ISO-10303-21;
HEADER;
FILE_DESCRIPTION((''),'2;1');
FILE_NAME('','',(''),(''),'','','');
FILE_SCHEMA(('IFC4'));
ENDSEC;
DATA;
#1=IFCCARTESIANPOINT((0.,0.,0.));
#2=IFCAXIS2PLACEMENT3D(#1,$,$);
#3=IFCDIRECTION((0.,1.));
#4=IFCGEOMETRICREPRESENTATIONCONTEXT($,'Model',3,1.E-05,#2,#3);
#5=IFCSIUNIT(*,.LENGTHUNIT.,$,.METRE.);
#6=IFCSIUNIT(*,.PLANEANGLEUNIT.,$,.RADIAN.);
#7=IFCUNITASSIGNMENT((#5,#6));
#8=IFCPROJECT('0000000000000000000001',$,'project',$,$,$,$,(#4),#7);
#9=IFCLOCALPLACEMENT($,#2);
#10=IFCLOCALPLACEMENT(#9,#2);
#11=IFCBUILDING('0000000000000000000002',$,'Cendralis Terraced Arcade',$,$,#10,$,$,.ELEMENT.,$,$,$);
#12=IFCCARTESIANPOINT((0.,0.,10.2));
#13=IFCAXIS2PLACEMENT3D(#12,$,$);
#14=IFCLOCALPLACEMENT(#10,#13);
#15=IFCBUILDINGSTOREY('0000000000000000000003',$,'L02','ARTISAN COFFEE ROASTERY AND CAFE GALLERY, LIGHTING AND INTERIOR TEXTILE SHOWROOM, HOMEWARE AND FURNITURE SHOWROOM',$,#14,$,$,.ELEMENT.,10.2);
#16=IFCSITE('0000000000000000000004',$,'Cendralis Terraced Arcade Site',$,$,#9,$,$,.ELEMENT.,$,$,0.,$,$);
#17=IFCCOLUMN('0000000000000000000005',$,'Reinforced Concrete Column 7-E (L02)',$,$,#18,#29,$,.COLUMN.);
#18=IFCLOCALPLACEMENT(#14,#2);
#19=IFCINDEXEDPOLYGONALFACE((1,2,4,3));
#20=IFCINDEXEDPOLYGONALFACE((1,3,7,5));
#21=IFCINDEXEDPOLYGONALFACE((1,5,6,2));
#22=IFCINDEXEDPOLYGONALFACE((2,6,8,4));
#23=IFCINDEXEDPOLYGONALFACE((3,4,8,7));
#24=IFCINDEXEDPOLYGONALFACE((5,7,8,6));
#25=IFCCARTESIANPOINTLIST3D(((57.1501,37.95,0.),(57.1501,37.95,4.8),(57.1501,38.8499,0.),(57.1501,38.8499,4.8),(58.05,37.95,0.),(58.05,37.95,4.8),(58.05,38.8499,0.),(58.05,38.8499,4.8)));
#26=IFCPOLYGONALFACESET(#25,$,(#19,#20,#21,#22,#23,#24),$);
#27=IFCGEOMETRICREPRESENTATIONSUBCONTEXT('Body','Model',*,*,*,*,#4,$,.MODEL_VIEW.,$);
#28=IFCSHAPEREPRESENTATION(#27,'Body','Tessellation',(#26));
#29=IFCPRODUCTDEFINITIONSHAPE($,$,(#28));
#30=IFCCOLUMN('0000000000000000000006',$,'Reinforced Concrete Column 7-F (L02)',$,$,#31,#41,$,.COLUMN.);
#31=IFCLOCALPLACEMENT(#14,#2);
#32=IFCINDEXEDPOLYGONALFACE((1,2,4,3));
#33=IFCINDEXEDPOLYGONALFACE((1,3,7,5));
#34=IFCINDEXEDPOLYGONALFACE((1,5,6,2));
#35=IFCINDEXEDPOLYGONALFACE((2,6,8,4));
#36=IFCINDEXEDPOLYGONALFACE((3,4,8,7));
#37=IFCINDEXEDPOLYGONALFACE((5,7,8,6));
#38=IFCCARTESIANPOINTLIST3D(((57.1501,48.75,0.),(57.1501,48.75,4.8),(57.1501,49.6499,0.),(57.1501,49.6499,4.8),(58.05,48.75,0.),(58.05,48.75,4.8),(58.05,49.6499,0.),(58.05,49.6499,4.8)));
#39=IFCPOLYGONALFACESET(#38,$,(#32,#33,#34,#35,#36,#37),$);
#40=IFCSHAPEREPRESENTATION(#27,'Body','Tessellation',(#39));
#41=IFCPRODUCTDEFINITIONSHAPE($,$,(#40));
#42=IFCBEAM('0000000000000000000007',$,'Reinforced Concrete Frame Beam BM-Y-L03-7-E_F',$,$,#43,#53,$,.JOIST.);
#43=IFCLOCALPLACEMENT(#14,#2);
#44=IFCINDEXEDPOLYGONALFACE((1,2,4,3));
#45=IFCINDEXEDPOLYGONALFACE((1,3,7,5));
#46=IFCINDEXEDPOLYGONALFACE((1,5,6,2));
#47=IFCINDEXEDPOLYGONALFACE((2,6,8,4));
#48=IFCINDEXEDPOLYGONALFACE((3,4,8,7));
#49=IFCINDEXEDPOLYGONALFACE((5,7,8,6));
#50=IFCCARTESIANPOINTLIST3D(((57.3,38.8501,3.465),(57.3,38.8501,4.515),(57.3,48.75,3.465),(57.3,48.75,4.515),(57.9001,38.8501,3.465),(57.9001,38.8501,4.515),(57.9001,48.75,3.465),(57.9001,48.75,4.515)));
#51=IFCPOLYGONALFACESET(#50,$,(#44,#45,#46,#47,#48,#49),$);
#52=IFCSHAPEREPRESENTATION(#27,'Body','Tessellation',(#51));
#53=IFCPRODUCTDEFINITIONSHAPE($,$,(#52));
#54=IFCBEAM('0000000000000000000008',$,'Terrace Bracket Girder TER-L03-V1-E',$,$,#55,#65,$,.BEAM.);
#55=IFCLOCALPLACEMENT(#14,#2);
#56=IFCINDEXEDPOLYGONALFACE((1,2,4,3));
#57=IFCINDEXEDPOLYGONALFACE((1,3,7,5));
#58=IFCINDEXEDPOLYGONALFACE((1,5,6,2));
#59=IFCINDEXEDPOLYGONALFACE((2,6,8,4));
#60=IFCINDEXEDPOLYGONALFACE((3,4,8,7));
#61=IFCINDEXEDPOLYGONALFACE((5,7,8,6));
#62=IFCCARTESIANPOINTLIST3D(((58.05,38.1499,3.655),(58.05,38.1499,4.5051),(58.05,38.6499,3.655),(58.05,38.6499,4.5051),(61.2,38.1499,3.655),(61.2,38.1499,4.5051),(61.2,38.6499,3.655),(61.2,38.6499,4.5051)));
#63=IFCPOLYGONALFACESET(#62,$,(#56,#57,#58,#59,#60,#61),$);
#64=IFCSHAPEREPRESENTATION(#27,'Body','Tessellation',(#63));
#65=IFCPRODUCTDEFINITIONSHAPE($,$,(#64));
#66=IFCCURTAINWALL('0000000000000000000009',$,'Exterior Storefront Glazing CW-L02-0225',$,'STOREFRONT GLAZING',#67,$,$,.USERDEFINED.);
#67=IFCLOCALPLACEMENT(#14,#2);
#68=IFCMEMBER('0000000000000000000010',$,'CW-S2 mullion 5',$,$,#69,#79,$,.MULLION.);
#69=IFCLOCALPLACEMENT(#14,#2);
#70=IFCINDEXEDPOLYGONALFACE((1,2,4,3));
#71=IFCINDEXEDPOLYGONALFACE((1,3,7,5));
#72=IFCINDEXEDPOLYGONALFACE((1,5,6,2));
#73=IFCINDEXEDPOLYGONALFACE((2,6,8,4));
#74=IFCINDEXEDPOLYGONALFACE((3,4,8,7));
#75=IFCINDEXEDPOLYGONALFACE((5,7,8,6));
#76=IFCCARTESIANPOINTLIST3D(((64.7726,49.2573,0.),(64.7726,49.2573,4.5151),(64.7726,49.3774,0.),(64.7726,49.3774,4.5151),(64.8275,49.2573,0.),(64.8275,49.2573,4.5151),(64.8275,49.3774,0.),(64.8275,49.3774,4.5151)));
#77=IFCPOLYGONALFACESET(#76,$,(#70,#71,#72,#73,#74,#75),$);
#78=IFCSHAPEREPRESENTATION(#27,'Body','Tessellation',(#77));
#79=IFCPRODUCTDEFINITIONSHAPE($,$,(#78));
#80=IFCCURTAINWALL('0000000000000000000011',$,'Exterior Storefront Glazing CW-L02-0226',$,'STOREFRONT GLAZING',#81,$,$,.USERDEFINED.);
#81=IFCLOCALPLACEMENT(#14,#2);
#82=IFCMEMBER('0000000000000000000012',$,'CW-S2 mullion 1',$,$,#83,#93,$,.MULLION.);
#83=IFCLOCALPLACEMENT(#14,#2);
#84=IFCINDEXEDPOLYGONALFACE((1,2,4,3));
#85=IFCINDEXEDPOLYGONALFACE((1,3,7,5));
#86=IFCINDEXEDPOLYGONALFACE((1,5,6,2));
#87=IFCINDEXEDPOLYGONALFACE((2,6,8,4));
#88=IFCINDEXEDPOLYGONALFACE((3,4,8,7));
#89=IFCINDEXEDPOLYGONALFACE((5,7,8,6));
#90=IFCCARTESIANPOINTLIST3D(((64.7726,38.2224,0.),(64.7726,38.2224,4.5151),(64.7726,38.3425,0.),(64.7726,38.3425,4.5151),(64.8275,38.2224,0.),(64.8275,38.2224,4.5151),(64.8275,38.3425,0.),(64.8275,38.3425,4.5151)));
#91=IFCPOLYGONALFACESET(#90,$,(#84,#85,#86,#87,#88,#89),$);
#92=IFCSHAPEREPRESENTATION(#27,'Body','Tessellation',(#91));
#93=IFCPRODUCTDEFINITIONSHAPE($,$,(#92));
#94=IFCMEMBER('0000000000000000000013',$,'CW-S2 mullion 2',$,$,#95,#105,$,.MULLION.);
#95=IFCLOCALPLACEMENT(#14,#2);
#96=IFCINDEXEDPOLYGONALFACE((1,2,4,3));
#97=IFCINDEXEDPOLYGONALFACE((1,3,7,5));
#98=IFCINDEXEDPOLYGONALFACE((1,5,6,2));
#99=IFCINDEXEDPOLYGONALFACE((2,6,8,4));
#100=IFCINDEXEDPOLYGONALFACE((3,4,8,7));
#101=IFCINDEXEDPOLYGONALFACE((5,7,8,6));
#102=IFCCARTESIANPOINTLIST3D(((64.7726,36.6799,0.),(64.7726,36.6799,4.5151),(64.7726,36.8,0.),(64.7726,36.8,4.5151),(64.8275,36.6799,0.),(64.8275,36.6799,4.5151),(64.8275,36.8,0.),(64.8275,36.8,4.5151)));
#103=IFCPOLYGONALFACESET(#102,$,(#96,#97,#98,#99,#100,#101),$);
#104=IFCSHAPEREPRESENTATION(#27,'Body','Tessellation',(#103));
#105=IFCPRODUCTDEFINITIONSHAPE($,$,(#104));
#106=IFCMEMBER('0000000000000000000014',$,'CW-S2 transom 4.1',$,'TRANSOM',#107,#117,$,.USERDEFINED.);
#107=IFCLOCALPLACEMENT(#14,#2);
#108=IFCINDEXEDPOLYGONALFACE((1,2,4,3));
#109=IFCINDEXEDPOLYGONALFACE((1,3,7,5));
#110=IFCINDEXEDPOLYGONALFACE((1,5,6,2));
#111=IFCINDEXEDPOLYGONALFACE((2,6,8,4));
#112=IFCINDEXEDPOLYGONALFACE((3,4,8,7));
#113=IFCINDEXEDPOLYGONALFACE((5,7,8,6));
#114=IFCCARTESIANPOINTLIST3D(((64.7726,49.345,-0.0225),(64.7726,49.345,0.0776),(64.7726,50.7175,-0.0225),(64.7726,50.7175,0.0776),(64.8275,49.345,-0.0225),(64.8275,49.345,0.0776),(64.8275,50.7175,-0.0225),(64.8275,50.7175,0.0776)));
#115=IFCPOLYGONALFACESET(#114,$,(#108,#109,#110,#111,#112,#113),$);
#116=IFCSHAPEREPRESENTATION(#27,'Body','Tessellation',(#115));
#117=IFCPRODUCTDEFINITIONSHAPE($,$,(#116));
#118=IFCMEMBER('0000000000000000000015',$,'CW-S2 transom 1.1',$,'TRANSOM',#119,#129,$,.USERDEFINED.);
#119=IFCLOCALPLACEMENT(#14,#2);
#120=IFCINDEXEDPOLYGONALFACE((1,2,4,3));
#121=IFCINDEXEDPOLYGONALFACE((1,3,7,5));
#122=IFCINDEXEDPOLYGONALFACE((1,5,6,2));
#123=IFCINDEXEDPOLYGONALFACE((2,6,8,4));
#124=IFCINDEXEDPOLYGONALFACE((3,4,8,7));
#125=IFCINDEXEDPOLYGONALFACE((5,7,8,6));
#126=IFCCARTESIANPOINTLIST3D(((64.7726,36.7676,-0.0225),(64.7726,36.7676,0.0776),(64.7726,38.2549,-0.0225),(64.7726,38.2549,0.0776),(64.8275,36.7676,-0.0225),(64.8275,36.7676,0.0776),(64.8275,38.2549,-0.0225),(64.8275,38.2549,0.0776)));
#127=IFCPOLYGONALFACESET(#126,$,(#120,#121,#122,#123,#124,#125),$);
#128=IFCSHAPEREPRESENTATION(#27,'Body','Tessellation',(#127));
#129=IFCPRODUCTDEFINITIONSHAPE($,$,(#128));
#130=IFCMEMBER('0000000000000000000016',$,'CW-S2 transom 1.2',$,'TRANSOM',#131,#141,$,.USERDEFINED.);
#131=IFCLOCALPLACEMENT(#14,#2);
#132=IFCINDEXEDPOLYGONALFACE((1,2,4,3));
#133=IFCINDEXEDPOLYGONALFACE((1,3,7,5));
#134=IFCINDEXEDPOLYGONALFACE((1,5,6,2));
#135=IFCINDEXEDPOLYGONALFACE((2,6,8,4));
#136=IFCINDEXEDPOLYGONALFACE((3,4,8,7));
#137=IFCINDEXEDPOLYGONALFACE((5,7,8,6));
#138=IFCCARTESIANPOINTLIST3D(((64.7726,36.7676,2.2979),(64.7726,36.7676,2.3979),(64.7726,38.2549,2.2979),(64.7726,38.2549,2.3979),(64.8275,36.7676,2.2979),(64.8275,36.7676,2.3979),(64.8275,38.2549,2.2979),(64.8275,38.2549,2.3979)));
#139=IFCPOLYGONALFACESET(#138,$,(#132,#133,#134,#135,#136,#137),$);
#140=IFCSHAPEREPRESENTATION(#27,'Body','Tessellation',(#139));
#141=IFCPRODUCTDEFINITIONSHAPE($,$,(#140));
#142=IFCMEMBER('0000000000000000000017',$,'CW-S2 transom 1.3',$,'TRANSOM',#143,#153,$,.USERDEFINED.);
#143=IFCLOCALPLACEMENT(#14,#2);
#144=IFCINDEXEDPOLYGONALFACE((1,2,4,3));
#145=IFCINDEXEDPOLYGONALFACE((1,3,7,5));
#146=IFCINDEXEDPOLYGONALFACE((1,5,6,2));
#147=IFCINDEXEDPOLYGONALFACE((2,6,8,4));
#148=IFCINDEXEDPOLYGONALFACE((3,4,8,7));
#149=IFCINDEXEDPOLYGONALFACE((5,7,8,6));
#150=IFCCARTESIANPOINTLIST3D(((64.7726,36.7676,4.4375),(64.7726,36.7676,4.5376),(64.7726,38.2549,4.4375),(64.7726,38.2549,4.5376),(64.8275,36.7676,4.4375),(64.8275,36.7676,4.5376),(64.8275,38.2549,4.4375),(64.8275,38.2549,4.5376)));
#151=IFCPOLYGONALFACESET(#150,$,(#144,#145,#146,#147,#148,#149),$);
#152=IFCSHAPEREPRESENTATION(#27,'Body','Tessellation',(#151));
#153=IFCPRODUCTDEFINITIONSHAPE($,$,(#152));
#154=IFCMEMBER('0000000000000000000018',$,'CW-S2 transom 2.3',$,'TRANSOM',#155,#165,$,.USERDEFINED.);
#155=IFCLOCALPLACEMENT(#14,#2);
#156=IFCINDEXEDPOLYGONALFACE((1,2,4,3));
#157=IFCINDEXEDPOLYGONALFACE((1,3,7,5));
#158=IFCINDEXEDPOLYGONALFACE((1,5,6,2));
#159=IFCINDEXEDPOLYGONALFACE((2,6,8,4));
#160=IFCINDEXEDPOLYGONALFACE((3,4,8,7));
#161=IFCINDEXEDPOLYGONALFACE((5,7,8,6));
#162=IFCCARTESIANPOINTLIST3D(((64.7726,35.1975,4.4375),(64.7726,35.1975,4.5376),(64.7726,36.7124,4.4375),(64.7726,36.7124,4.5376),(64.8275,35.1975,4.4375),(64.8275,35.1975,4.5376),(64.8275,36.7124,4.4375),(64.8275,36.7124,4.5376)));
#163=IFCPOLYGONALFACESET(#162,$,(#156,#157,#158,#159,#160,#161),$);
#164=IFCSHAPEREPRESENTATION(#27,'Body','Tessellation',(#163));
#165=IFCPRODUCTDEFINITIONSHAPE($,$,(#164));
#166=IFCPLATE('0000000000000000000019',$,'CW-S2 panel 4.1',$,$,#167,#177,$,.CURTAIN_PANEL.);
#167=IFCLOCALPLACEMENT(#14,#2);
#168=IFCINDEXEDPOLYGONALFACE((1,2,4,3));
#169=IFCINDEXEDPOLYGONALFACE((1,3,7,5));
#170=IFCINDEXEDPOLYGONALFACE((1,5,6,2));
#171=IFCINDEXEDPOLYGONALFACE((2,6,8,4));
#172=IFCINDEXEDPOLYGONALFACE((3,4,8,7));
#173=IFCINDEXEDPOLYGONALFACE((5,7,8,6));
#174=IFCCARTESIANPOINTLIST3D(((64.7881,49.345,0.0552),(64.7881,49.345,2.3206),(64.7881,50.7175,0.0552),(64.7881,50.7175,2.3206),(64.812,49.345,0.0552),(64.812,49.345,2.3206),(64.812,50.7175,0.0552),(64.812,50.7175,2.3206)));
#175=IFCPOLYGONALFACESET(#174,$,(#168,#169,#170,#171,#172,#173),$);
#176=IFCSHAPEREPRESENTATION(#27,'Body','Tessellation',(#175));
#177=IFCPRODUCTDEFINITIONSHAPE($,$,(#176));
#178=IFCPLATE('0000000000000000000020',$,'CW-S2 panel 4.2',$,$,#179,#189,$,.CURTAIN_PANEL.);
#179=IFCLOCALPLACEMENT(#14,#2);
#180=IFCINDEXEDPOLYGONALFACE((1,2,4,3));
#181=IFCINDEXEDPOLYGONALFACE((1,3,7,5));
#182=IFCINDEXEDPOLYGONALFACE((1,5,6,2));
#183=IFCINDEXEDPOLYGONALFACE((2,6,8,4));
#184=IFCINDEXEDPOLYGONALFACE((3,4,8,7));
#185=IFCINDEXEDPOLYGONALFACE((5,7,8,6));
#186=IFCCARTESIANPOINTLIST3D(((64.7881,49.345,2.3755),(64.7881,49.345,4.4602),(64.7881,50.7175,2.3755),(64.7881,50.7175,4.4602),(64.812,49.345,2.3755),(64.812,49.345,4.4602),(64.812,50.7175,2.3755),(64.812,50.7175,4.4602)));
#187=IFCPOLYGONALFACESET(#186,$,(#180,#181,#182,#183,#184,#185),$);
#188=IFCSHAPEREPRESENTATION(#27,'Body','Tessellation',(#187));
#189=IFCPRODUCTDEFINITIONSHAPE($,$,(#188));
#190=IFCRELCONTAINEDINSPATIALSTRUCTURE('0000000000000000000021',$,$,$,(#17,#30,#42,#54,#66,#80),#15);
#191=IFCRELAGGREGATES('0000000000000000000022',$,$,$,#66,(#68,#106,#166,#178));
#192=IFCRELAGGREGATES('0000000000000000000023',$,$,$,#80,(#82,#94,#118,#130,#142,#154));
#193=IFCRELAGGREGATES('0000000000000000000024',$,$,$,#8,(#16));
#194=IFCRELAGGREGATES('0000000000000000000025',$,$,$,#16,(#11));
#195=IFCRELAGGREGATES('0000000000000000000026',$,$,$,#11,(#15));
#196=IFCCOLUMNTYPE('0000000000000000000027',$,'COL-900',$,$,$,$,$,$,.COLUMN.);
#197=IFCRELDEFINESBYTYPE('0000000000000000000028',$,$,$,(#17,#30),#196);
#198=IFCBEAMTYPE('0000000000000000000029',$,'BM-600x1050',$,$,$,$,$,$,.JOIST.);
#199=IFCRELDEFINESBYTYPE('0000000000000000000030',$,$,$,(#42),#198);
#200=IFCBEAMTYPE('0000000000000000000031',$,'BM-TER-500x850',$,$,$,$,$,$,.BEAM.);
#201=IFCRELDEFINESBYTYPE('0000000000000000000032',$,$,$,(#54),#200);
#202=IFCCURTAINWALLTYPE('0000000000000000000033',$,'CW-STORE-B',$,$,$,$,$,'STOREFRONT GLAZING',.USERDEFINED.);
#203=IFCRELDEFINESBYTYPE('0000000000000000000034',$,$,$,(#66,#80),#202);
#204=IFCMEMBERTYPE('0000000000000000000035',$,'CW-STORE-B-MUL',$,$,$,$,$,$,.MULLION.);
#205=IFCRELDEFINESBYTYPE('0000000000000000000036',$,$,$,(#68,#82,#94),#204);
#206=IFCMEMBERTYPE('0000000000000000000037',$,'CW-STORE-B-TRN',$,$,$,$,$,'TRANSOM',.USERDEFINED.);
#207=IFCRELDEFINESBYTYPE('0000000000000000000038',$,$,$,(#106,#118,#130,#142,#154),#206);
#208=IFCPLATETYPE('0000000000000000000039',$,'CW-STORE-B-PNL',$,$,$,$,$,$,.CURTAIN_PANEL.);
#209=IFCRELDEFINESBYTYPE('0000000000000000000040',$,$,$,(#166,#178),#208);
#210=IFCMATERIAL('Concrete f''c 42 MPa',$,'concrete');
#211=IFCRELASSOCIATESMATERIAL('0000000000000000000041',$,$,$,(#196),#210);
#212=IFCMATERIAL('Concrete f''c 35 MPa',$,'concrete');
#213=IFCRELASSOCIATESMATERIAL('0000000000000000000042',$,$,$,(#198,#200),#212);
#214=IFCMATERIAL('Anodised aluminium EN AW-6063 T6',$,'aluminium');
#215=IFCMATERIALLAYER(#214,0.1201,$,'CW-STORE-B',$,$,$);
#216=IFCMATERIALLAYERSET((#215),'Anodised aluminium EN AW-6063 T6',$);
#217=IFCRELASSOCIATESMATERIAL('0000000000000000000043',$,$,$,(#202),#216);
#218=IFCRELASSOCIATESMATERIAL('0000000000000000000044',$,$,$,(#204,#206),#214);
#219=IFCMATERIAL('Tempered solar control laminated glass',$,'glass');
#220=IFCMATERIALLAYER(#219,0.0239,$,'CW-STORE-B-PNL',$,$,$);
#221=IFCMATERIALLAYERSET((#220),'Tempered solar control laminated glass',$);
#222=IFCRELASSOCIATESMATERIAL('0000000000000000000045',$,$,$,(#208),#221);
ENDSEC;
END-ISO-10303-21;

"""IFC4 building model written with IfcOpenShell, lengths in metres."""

from ifc_helpers import new_model, si_unit, direction, frame, origin, origin_2d, place, context, subcontext, project, spatial, rectangle, extrude, material, layer, layer_set, material_profile, profile_set, type_object, element, aggregate, save


model = new_model("IFC4")

# Units and contexts
model_context = context("Model", 3, precision=1e-05, world=origin(), true_north=direction((0.0, 1.0)))
body_context = subcontext(model_context, "Body", "Model", "MODEL_VIEW")
ifc_project = project(units=[si_unit("LENGTHUNIT", "METRE"), si_unit("PLANEANGLEUNIT", "RADIAN")], contexts=[model_context])

# Site, building, storey
site_placement = place(None, origin())
site = spatial("IfcSite", under=ifc_project, at=site_placement, Name="Cendralis Terraced Arcade Site", CompositionType="ELEMENT", RefElevation=0.0)
building_placement = place(site_placement, origin())
building = spatial("IfcBuilding", under=site, at=building_placement, Name="Cendralis Terraced Arcade", CompositionType="ELEMENT")
storey_placement = place(building_placement, frame((0.0, 0.0, 10.2)))
storey = spatial("IfcBuildingStorey", under=building, at=storey_placement, Name="L02", Description="ARTISAN COFFEE ROASTERY AND CAFE GALLERY, LIGHTING AND INTERIOR TEXTILE SHOWROOM, HOMEWARE AND FURNITURE SHOWROOM", CompositionType="ELEMENT", Elevation=10.2)

# Columns
ifc_material_1 = material(Name="Concrete f'c 42 MPa", Category="concrete")
ifc_material_profile_1 = material_profile(ifc_material_1, rectangle(XDim=0.8999, YDim=0.8999, at=origin_2d()), Name="RC-COL-900x900", Category="LoadBearing")
ifc_profile_set_1 = profile_set([ifc_material_profile_1], Name="Concrete f'c 42 MPa")
column_type = type_object("IfcColumnType", Name="COL-900", PredefinedType="COLUMN", material=ifc_profile_set_1)
for number, where, z_axis, x_axis, name in (
    (1, (57.6001, 38.3999, 0.0), (0.0, 0.0, 1.0), (1.0, 0.0, 0.0), "Reinforced Concrete Column 7-E (L02)"),
    (2, (57.6001, 49.2, 0.0), (0.0, 0.0, 1.0), (1.0, 0.0, 0.0), "Reinforced Concrete Column 7-F (L02)"),
):
    element("IfcColumn", number, at=place(storey_placement, frame(where, z_axis=z_axis, x_axis=x_axis)), inside=storey, type_object=column_type, Name=name, PredefinedType="COLUMN", context=body_context, shape_type="SweptSolid", body=[
        extrude(rectangle(XDim=0.8999, YDim=0.8999, at=origin_2d()), origin(), (0.0, 0.0, 1.0), 4.8),
    ])

# Beams
ifc_material_2 = material(Name="Concrete f'c 35 MPa", Category="concrete")
ifc_material_profile_2 = material_profile(ifc_material_2, rectangle(XDim=0.6001, YDim=1.05, at=origin_2d()), Name="RC-BM-600x1050", Category="LoadBearing")
ifc_profile_set_2 = profile_set([ifc_material_profile_2], Name="Concrete f'c 35 MPa")
beam_type_1 = type_object("IfcBeamType", Name="BM-600x1050", PredefinedType="JOIST", material=ifc_profile_set_2)
beam_1_placement = place(storey_placement, frame((57.6001, 38.8501, 3.99), z_axis=(0.0, 1.0, 0.0), x_axis=(-1.0, 0.0, 0.0)))
element("IfcBeam", 3, at=beam_1_placement, inside=storey, type_object=beam_type_1, Name="Reinforced Concrete Frame Beam BM-Y-L03-7-E_F", PredefinedType="JOIST", context=body_context, shape_type="SweptSolid", body=[
    extrude(rectangle(XDim=0.6001, YDim=1.05, at=origin_2d()), origin(), (0.0, 0.0, 1.0), 9.8999),
])
ifc_material_profile_3 = material_profile(ifc_material_2, rectangle(XDim=0.5, YDim=0.8501, at=origin_2d()), Name="RC-BM-500x850", Category="LoadBearing")
ifc_profile_set_3 = profile_set([ifc_material_profile_3], Name="Concrete f'c 35 MPa")
beam_type_2 = type_object("IfcBeamType", Name="BM-TER-500x850", PredefinedType="BEAM", material=ifc_profile_set_3)
beam_2_placement = place(storey_placement, frame((58.05, 38.3999, 4.0801), z_axis=(1.0, 0.0, 0.0), x_axis=(0.0, 1.0, 0.0)))
element("IfcBeam", 4, at=beam_2_placement, inside=storey, type_object=beam_type_2, Name="Terrace Bracket Girder TER-L03-V1-E", PredefinedType="BEAM", context=body_context, shape_type="SweptSolid", body=[
    extrude(rectangle(XDim=0.5, YDim=0.8501, at=origin_2d()), origin(), (0.0, 0.0, 1.0), 3.1499),
])

# Curtain wall, member
ifc_material_3 = material(Name="Anodised aluminium EN AW-6063 T6", Category="aluminium")
ifc_layer_1 = layer(ifc_material_3, 0.1201, Name="CW-STORE-B")
ifc_layer_set_1 = layer_set([ifc_layer_1], Name="Anodised aluminium EN AW-6063 T6")
curtain_wall_type = type_object("IfcCurtainWallType", Name="CW-STORE-B", ElementType="STOREFRONT GLAZING", PredefinedType="USERDEFINED", material=ifc_layer_set_1)
curtain_wall_1_placement = place(storey_placement, origin())
curtain_wall_1 = element("IfcCurtainWall", 5, at=curtain_wall_1_placement, inside=storey, type_object=curtain_wall_type, Name="Exterior Storefront Glazing CW-L02-0225", ObjectType="STOREFRONT GLAZING", PredefinedType="USERDEFINED")
ifc_material_profile_4 = material_profile(ifc_material_3, rectangle(XDim=0.0549, YDim=0.1201, at=origin_2d()), Name="ALU-MUL-55x120")
ifc_profile_set_4 = profile_set([ifc_material_profile_4], Name="Anodised aluminium EN AW-6063 T6")
member_type_1 = type_object("IfcMemberType", Name="CW-STORE-B-MUL", PredefinedType="MULLION", material=ifc_profile_set_4)
member_1_placement = place(storey_placement, frame((64.8, 49.3174, 0.0), z_axis=(0.0, 0.0, 1.0), x_axis=(1.0, 0.0, 0.0)))
member_1 = element("IfcMember", 6, at=member_1_placement, type_object=member_type_1, Name="CW-S2 mullion 5", PredefinedType="MULLION", context=body_context, shape_type="SweptSolid", body=[
    extrude(rectangle(XDim=0.0549, YDim=0.1201, at=origin_2d()), origin(), (0.0, 0.0, 1.0), 4.5151),
])

# Curtain wall, members
curtain_wall_2_placement = place(storey_placement, origin())
curtain_wall_2 = element("IfcCurtainWall", 7, at=curtain_wall_2_placement, inside=storey, type_object=curtain_wall_type, Name="Exterior Storefront Glazing CW-L02-0226", ObjectType="STOREFRONT GLAZING", PredefinedType="USERDEFINED")
member_2_placement = place(storey_placement, frame((64.8, 38.2825, 0.0), z_axis=(0.0, 0.0, 1.0), x_axis=(1.0, 0.0, 0.0)))
member_2 = element("IfcMember", 8, at=member_2_placement, type_object=member_type_1, Name="CW-S2 mullion 1", PredefinedType="MULLION", context=body_context, shape_type="SweptSolid", body=[
    extrude(rectangle(XDim=0.0549, YDim=0.1201, at=origin_2d()), origin(), (0.0, 0.0, 1.0), 4.5151),
])
member_3_placement = place(storey_placement, frame((64.8, 36.74, 0.0), z_axis=(0.0, 0.0, 1.0), x_axis=(1.0, 0.0, 0.0)))
member_3 = element("IfcMember", 9, at=member_3_placement, type_object=member_type_1, Name="CW-S2 mullion 2", PredefinedType="MULLION", context=body_context, shape_type="SweptSolid", body=[
    extrude(rectangle(XDim=0.0549, YDim=0.1201, at=origin_2d()), origin(), (0.0, 0.0, 1.0), 4.5151),
])

# Members
ifc_material_profile_5 = material_profile(ifc_material_3, rectangle(XDim=0.0549, YDim=0.1001, at=origin_2d()), Name="ALU-TRN-55x100")
ifc_profile_set_5 = profile_set([ifc_material_profile_5], Name="Anodised aluminium EN AW-6063 T6")
member_type_2 = type_object("IfcMemberType", Name="CW-STORE-B-TRN", ElementType="TRANSOM", PredefinedType="USERDEFINED", material=ifc_profile_set_5)
member_4_placement = place(storey_placement, frame((64.8, 50.7175, 0.0276), z_axis=(0.0, -1.0, 0.0), x_axis=(1.0, 0.0, 0.0)))
member_4 = element("IfcMember", 10, at=member_4_placement, type_object=member_type_2, Name="CW-S2 transom 4.1", ObjectType="TRANSOM", PredefinedType="USERDEFINED", context=body_context, shape_type="SweptSolid", body=[
    extrude(rectangle(XDim=0.0549, YDim=0.1001, at=origin_2d()), origin(), (0.0, 0.0, 1.0), 1.3726),
])
member_5_placement = place(storey_placement, frame((64.8, 38.2549, 0.0276), z_axis=(0.0, -1.0, 0.0), x_axis=(1.0, 0.0, 0.0)))
member_5 = element("IfcMember", 11, at=member_5_placement, type_object=member_type_2, Name="CW-S2 transom 1.1", ObjectType="TRANSOM", PredefinedType="USERDEFINED", context=body_context, shape_type="SweptSolid", body=[
    extrude(rectangle(XDim=0.0549, YDim=0.1001, at=origin_2d()), origin(), (0.0, 0.0, 1.0), 1.4873),
])
member_6_placement = place(storey_placement, frame((64.8, 38.2549, 2.3479), z_axis=(0.0, -1.0, 0.0), x_axis=(1.0, 0.0, 0.0)))
member_6 = element("IfcMember", 12, at=member_6_placement, type_object=member_type_2, Name="CW-S2 transom 1.2", ObjectType="TRANSOM", PredefinedType="USERDEFINED", context=body_context, shape_type="SweptSolid", body=[
    extrude(rectangle(XDim=0.0549, YDim=0.1001, at=origin_2d()), origin(), (0.0, 0.0, 1.0), 1.4873),
])
member_7_placement = place(storey_placement, frame((64.8, 38.2549, 4.4875), z_axis=(0.0, -1.0, 0.0), x_axis=(1.0, 0.0, 0.0)))
member_7 = element("IfcMember", 13, at=member_7_placement, type_object=member_type_2, Name="CW-S2 transom 1.3", ObjectType="TRANSOM", PredefinedType="USERDEFINED", context=body_context, shape_type="SweptSolid", body=[
    extrude(rectangle(XDim=0.0549, YDim=0.1001, at=origin_2d()), origin(), (0.0, 0.0, 1.0), 1.4873),
])
member_8_placement = place(storey_placement, frame((64.8, 36.7124, 4.4875), z_axis=(0.0, -1.0, 0.0), x_axis=(1.0, 0.0, 0.0)))
member_8 = element("IfcMember", 14, at=member_8_placement, type_object=member_type_2, Name="CW-S2 transom 2.3", ObjectType="TRANSOM", PredefinedType="USERDEFINED", context=body_context, shape_type="SweptSolid", body=[
    extrude(rectangle(XDim=0.0549, YDim=0.1001, at=origin_2d()), origin(), (0.0, 0.0, 1.0), 1.5149),
])

# Plates
ifc_material_4 = material(Name="Tempered solar control laminated glass", Category="glass")
ifc_layer_2 = layer(ifc_material_4, 0.0239, Name="CW-STORE-B-PNL")
ifc_layer_set_2 = layer_set([ifc_layer_2], Name="Tempered solar control laminated glass")
plate_type = type_object("IfcPlateType", Name="CW-STORE-B-PNL", PredefinedType="CURTAIN_PANEL", material=ifc_layer_set_2)
plate_1_placement = place(storey_placement, frame((64.8, 50.0312, 0.0552), z_axis=(0.0, 0.0, 1.0), x_axis=(0.0, -1.0, 0.0)))
plate_1 = element("IfcPlate", 15, at=plate_1_placement, type_object=plate_type, Name="CW-S2 panel 4.1", PredefinedType="CURTAIN_PANEL", context=body_context, shape_type="SweptSolid", body=[
    extrude(rectangle(XDim=1.3726, YDim=0.0239, at=origin_2d()), origin(), (0.0, 0.0, 1.0), 2.2654),
])
plate_2_placement = place(storey_placement, frame((64.8, 50.0312, 2.3755), z_axis=(0.0, 0.0, 1.0), x_axis=(0.0, -1.0, 0.0)))
plate_2 = element("IfcPlate", 16, at=plate_2_placement, type_object=plate_type, Name="CW-S2 panel 4.2", PredefinedType="CURTAIN_PANEL", context=body_context, shape_type="SweptSolid", body=[
    extrude(rectangle(XDim=1.3726, YDim=0.0239, at=origin_2d()), origin(), (0.0, 0.0, 1.0), 2.0847),
])
aggregate(curtain_wall_1, [member_1, member_4, plate_1, plate_2])
aggregate(curtain_wall_2, [member_2, member_3, member_5, member_6, member_7, member_8])

save(model, "model.ifc")
